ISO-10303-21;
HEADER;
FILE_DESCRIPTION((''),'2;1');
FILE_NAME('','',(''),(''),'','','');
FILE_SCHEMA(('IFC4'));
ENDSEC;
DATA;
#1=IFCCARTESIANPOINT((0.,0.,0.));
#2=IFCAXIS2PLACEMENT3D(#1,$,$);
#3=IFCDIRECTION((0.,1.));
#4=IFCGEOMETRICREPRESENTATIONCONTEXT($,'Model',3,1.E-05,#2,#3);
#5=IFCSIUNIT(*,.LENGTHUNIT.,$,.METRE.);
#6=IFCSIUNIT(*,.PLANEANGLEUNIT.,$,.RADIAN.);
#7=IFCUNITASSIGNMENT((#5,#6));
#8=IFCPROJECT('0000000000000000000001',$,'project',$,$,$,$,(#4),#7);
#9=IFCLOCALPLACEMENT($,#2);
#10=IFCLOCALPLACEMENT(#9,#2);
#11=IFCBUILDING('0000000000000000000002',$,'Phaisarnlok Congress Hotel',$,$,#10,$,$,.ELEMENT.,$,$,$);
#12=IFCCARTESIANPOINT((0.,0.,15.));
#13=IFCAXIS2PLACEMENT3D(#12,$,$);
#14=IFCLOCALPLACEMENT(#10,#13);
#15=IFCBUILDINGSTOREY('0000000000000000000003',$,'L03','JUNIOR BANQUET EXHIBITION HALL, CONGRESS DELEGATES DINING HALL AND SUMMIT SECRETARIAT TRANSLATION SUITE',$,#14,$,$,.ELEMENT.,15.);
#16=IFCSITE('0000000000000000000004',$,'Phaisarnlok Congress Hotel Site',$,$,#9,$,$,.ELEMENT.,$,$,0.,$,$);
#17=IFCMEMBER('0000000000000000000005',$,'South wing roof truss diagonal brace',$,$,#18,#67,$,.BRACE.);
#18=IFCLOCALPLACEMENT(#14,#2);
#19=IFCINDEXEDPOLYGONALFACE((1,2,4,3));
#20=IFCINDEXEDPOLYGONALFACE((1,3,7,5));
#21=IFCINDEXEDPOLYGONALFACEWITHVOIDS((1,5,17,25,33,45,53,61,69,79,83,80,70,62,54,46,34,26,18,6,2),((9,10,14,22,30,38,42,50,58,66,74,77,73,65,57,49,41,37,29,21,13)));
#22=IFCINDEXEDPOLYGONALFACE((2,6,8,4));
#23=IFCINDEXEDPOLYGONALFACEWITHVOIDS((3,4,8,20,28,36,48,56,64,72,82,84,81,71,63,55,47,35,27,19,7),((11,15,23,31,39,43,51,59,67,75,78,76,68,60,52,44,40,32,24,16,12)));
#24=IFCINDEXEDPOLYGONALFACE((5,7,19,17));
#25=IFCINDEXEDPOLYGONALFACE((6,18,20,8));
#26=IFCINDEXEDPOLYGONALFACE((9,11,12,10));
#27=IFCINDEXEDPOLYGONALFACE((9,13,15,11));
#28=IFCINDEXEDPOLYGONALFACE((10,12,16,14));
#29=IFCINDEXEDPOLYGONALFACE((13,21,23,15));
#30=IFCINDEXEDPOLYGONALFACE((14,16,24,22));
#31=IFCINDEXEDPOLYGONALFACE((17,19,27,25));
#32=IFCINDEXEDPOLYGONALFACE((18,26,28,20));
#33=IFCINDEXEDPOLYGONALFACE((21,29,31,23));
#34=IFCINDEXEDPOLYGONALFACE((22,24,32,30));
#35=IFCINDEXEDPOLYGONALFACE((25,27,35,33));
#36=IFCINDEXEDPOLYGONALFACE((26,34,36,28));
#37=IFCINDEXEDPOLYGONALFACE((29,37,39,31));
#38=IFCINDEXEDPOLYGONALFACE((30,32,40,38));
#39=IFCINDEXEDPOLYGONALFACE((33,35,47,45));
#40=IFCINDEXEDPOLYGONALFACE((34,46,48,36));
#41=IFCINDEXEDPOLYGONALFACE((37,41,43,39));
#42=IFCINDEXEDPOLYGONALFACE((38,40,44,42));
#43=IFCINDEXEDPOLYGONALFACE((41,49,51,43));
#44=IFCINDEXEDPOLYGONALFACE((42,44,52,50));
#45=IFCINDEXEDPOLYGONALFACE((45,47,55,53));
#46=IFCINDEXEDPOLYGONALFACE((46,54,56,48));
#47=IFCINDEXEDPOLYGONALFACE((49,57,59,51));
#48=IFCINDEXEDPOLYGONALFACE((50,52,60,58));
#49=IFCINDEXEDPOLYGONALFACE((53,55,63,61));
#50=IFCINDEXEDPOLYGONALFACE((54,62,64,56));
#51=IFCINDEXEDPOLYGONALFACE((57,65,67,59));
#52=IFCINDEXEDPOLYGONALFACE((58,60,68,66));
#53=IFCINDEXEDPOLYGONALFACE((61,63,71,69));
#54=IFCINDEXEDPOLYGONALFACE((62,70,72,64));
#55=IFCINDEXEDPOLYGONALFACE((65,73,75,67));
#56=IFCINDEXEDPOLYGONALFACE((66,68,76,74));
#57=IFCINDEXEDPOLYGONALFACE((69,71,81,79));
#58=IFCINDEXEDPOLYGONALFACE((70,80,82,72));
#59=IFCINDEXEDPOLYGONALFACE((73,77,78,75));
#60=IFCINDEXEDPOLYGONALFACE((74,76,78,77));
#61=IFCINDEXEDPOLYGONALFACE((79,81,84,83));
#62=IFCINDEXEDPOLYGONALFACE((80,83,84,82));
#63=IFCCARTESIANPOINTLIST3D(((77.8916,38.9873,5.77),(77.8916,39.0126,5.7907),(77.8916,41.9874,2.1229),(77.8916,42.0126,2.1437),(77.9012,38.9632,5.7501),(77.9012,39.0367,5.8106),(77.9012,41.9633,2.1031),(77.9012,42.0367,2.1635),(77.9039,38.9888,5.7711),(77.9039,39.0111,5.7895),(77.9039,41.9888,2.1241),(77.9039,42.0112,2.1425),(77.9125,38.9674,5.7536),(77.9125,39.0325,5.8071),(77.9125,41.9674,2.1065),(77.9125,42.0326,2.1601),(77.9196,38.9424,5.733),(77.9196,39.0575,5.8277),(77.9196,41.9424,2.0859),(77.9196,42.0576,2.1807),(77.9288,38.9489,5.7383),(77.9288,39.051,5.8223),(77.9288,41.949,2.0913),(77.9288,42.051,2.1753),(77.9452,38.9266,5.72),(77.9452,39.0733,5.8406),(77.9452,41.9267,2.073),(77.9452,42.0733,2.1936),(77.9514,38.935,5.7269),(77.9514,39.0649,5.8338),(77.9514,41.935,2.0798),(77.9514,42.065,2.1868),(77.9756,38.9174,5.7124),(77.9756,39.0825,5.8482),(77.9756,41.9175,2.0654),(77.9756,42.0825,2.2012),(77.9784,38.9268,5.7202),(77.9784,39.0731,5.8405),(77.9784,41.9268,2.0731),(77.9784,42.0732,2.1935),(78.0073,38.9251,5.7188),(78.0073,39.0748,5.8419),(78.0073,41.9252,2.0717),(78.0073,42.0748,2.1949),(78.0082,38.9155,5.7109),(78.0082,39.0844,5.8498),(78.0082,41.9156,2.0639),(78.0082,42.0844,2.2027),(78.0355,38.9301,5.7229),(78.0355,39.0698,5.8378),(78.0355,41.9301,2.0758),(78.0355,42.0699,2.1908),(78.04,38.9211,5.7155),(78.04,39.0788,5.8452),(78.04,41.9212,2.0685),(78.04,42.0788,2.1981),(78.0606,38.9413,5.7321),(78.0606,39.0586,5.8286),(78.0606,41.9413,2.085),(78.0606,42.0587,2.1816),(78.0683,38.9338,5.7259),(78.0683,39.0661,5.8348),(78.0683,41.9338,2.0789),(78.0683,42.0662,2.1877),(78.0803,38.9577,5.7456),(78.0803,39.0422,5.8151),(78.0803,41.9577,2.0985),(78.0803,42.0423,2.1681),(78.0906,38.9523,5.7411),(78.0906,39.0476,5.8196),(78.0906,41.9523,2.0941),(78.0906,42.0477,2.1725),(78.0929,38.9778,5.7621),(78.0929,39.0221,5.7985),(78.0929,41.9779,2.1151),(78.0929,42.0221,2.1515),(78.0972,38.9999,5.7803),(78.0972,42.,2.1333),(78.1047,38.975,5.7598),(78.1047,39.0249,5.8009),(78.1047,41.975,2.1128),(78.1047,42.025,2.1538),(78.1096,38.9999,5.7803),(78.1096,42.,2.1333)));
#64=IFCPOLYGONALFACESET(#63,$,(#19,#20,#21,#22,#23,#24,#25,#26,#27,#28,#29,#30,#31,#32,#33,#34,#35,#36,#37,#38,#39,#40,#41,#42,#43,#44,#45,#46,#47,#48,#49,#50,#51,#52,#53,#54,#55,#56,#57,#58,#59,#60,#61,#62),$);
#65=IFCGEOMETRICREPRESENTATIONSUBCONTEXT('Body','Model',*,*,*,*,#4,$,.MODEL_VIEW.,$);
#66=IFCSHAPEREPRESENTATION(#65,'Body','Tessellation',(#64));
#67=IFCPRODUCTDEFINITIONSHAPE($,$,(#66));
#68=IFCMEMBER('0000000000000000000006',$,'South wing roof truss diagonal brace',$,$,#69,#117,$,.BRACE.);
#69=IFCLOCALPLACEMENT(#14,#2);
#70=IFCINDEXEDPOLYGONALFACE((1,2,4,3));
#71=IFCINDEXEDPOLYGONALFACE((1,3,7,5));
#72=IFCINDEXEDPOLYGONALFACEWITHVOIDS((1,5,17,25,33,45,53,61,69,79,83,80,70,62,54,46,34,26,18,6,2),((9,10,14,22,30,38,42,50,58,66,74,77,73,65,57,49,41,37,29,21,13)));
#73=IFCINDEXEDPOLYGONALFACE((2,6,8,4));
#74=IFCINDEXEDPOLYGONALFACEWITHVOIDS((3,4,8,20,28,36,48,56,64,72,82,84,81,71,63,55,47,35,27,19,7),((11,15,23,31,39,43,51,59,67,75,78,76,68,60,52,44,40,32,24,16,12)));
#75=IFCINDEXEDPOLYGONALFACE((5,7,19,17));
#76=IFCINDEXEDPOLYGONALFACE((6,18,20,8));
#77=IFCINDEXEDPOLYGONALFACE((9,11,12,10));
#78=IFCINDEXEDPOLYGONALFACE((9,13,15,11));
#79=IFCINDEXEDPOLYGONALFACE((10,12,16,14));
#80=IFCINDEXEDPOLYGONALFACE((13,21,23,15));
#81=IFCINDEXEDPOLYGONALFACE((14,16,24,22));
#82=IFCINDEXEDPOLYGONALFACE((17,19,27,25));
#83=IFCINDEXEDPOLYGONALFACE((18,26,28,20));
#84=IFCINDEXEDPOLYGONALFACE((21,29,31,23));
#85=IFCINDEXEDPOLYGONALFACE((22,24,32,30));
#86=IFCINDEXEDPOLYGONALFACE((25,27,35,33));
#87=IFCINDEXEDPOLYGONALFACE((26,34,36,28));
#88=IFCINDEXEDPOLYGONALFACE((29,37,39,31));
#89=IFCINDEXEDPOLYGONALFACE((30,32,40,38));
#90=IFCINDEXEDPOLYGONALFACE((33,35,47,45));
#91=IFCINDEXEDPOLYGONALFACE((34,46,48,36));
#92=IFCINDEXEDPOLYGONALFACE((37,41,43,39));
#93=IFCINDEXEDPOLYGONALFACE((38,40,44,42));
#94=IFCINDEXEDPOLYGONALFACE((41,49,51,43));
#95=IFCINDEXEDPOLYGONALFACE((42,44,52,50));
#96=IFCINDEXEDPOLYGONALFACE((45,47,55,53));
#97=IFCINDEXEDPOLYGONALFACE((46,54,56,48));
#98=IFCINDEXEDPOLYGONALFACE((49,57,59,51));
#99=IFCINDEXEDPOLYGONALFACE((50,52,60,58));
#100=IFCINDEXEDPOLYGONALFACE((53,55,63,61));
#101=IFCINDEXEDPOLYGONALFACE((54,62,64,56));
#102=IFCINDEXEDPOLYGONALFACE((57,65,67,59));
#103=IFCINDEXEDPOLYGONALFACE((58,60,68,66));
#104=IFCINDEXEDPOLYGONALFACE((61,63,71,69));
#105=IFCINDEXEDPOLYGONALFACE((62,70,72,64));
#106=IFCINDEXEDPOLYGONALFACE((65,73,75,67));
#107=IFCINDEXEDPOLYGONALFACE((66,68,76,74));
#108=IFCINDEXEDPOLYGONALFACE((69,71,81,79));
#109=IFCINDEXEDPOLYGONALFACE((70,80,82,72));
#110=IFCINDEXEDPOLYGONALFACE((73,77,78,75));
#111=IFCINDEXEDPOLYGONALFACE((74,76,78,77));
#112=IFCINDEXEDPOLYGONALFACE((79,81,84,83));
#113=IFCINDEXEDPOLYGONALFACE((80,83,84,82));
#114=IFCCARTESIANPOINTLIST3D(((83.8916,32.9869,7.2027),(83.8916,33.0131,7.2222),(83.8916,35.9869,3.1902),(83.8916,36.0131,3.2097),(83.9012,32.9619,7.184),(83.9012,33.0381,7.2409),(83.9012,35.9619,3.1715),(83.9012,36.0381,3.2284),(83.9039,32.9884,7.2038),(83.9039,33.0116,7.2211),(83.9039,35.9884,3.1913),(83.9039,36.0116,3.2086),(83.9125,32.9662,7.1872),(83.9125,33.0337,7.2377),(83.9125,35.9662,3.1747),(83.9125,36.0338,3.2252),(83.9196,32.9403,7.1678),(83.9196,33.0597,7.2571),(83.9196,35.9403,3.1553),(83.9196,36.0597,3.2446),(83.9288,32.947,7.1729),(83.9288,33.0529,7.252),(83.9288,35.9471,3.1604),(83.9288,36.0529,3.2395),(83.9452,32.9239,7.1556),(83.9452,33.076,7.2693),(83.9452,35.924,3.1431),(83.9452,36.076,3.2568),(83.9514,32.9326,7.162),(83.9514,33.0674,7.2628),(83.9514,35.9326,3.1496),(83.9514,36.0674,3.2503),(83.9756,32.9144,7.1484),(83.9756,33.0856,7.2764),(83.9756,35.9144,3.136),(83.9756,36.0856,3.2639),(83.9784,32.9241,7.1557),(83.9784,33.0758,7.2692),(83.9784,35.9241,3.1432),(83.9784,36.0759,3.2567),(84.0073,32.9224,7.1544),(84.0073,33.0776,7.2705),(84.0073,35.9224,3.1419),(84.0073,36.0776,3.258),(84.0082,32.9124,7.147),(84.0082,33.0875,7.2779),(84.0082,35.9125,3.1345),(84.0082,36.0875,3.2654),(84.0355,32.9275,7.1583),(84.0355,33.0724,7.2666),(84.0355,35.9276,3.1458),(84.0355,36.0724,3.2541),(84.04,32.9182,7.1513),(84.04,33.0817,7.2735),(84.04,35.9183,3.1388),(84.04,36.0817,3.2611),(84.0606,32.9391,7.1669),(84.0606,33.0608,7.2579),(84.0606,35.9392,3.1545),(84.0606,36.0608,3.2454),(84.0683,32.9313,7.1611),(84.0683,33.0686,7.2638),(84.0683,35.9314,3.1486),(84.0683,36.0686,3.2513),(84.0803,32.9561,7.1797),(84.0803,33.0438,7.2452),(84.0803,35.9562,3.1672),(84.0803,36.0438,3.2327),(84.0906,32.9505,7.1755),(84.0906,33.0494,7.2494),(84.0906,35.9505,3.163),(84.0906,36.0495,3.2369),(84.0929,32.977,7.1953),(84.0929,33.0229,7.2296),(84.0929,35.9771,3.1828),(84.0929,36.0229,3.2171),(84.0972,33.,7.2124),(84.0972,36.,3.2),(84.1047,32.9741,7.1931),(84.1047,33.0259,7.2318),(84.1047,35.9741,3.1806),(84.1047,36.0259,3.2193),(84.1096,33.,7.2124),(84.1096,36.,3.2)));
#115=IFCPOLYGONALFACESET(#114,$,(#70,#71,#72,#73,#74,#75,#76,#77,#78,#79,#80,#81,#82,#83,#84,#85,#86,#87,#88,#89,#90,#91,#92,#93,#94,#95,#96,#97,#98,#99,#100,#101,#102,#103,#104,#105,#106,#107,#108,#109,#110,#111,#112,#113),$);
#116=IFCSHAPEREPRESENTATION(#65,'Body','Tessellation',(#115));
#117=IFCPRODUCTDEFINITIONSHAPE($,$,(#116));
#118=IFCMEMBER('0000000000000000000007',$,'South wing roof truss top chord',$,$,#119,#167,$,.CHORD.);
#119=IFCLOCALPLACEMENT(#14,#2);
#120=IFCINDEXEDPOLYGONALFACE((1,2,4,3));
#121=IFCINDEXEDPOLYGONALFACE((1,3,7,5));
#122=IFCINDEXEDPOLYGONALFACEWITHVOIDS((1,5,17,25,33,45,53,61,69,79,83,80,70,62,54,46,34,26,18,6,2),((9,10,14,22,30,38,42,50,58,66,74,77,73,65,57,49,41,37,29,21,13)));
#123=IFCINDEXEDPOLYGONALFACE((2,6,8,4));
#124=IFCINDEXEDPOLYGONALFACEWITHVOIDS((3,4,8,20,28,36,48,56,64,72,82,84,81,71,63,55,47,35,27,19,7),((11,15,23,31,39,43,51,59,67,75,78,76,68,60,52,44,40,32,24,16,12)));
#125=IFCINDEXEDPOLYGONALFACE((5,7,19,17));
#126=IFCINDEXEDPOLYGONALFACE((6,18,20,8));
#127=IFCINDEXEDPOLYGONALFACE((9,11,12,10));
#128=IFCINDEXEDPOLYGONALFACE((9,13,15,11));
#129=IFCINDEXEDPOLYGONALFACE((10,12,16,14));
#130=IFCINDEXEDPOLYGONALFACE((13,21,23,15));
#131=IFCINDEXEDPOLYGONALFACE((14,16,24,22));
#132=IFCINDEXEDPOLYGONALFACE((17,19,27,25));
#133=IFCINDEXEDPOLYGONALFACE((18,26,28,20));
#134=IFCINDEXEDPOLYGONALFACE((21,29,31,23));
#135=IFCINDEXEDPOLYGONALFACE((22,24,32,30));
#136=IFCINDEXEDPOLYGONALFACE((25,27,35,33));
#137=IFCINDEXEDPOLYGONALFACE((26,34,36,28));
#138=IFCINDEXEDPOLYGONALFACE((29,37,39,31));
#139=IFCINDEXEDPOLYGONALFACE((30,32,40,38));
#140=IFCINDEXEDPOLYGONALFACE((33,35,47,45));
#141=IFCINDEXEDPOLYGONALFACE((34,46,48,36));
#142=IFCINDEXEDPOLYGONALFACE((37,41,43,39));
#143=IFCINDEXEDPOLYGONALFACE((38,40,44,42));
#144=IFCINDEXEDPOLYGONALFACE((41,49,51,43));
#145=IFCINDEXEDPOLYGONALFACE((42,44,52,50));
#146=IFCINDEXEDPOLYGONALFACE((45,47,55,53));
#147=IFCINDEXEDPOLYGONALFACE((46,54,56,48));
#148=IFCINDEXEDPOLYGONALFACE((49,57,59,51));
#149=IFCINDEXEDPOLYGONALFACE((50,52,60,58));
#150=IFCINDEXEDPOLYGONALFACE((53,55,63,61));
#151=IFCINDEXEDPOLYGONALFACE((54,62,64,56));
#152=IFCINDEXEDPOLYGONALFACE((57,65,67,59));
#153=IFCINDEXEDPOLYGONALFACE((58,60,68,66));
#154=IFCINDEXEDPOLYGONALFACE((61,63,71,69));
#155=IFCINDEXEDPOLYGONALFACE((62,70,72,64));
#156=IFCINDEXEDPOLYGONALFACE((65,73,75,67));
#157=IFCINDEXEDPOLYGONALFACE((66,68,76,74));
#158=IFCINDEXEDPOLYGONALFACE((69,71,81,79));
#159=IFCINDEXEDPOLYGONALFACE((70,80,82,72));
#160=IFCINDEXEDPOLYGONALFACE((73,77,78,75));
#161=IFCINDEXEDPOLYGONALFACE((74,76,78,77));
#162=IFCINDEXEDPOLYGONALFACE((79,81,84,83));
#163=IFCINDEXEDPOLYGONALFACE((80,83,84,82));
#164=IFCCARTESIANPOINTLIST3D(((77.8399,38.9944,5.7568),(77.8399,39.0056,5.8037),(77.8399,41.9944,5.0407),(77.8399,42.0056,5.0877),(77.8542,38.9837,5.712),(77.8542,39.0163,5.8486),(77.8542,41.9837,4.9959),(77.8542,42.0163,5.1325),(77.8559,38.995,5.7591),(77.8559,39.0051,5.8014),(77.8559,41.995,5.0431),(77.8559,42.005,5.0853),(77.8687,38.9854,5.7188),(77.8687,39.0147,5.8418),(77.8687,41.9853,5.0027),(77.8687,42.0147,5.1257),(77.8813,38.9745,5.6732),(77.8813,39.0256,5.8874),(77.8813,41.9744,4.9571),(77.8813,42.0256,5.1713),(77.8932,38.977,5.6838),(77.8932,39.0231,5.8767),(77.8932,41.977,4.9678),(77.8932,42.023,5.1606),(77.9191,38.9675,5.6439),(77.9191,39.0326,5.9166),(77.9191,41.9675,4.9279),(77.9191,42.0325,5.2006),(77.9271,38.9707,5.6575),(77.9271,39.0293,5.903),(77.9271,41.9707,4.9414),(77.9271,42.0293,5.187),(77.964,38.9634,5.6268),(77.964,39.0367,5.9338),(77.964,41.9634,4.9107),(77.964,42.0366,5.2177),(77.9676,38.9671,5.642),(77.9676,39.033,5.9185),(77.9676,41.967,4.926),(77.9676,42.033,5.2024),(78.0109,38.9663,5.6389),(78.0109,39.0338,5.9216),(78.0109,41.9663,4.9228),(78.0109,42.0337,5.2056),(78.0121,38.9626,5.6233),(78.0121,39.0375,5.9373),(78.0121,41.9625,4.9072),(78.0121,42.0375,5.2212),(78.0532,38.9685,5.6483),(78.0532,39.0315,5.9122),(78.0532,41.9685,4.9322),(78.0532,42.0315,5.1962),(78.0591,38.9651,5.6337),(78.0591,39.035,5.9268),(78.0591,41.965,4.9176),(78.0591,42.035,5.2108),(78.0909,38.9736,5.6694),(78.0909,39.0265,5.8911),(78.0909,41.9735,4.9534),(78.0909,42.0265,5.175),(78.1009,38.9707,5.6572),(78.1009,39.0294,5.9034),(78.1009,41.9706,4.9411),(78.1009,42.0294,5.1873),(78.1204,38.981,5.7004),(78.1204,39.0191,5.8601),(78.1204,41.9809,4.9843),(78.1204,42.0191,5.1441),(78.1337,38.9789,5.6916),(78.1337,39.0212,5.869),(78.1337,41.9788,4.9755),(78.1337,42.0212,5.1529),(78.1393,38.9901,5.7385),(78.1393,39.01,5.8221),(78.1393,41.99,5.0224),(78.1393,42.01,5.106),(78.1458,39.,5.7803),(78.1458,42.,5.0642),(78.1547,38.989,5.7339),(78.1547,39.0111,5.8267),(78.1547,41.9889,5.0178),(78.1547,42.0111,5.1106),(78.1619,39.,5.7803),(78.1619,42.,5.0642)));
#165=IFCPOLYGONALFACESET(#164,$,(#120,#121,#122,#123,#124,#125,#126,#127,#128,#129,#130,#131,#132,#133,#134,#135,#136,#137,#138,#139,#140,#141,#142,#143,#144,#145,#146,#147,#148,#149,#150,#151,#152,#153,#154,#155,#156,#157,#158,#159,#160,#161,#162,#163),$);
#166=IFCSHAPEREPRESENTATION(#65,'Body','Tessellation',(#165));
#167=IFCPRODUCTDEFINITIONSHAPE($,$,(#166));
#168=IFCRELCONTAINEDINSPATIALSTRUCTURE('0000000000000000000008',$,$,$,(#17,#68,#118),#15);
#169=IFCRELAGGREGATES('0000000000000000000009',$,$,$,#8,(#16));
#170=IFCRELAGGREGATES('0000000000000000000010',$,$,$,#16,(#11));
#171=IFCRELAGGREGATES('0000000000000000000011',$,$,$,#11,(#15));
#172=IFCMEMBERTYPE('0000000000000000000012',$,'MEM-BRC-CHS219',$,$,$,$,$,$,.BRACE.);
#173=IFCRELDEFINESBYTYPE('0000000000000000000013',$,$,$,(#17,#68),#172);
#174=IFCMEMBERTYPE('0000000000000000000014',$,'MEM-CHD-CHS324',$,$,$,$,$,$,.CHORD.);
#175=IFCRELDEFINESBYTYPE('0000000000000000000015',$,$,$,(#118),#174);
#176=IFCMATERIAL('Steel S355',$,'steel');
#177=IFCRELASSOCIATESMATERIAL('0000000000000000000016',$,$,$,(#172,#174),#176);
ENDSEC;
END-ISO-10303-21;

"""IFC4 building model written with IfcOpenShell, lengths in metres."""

from ifc_helpers import new_model, si_unit, direction, frame, origin, origin_2d, place, context, subcontext, project, spatial, hollow_circle, extrude, material, material_profile, profile_set, type_object, element, save


model = new_model("IFC4")

# Units and contexts
model_context = context("Model", 3, precision=1e-05, world=origin(), true_north=direction((0.0, 1.0)))
body_context = subcontext(model_context, "Body", "Model", "MODEL_VIEW")
ifc_project = project(units=[si_unit("LENGTHUNIT", "METRE"), si_unit("PLANEANGLEUNIT", "RADIAN")], contexts=[model_context])

# Site, building, storey
site_placement = place(None, origin())
site = spatial("IfcSite", under=ifc_project, at=site_placement, Name="Phaisarnlok Congress Hotel Site", CompositionType="ELEMENT", RefElevation=0.0)
building_placement = place(site_placement, origin())
building = spatial("IfcBuilding", under=site, at=building_placement, Name="Phaisarnlok Congress Hotel", CompositionType="ELEMENT")
storey_placement = place(building_placement, frame((0.0, 0.0, 15.0)))
storey = spatial("IfcBuildingStorey", under=building, at=storey_placement, Name="L03", Description="JUNIOR BANQUET EXHIBITION HALL, CONGRESS DELEGATES DINING HALL AND SUMMIT SECRETARIAT TRANSLATION SUITE", CompositionType="ELEMENT", Elevation=15.0)

# Shared definitions
ifc_material_1 = material(Name="Steel S355", Category="steel")

# Members
ifc_material_profile_1 = material_profile(ifc_material_1, hollow_circle(Radius=0.1096, WallThickness=0.0125, at=origin_2d()), Name="CHS 219.1x12.5")
ifc_profile_set_1 = profile_set([ifc_material_profile_1], Name="Steel S355")
member_type_1 = type_object("IfcMemberType", Name="MEM-BRC-CHS219", PredefinedType="BRACE", material=ifc_profile_set_1)
member_1_placement = place(storey_placement, frame((78.0, 42.0, 2.1333), z_axis=(0.0, -0.635279, 0.772282), x_axis=(1.0, 0.0, 0.0)))
element("IfcMember", 1, at=member_1_placement, inside=storey, type_object=member_type_1, Name="South wing roof truss diagonal brace", PredefinedType="BRACE", context=body_context, shape_type="SweptSolid", body=[
    extrude(hollow_circle(Radius=0.1096, WallThickness=0.0125, at=origin_2d()), origin(), (0.0, 0.0, 1.0), 4.7224),
])
member_2_placement = place(storey_placement, frame((84.0, 36.0, 3.2), z_axis=(0.0, -0.598806, 0.800894), x_axis=(1.0, 0.0, 0.0)))
element("IfcMember", 2, at=member_2_placement, inside=storey, type_object=member_type_1, Name="South wing roof truss diagonal brace", PredefinedType="BRACE", context=body_context, shape_type="SweptSolid", body=[
    extrude(hollow_circle(Radius=0.1096, WallThickness=0.0125, at=origin_2d()), origin(), (0.0, 0.0, 1.0), 5.01),
])
ifc_material_profile_2 = material_profile(ifc_material_1, hollow_circle(Radius=0.1619, WallThickness=0.0161, at=origin_2d()), Name="CHS 323.9x16")
ifc_profile_set_2 = profile_set([ifc_material_profile_2], Name="Steel S355")
member_type_2 = type_object("IfcMemberType", Name="MEM-CHD-CHS324", PredefinedType="CHORD", material=ifc_profile_set_2)
for number, where, z_axis, x_axis, name in (
    (3, (78.0, 42.0, 5.0642), (0.0, -0.972676, 0.232166), (1.0, 0.0, 0.0), "South wing roof truss top chord"),
):
    element("IfcMember", number, at=place(storey_placement, frame(where, z_axis=z_axis, x_axis=x_axis)), inside=storey, type_object=member_type_2, Name=name, PredefinedType="CHORD", context=body_context, shape_type="SweptSolid", body=[
        extrude(hollow_circle(Radius=0.1619, WallThickness=0.0161, at=origin_2d()), origin(), (0.0, 0.0, 1.0), 3.0842),
    ])

save(model, "model.ifc")
